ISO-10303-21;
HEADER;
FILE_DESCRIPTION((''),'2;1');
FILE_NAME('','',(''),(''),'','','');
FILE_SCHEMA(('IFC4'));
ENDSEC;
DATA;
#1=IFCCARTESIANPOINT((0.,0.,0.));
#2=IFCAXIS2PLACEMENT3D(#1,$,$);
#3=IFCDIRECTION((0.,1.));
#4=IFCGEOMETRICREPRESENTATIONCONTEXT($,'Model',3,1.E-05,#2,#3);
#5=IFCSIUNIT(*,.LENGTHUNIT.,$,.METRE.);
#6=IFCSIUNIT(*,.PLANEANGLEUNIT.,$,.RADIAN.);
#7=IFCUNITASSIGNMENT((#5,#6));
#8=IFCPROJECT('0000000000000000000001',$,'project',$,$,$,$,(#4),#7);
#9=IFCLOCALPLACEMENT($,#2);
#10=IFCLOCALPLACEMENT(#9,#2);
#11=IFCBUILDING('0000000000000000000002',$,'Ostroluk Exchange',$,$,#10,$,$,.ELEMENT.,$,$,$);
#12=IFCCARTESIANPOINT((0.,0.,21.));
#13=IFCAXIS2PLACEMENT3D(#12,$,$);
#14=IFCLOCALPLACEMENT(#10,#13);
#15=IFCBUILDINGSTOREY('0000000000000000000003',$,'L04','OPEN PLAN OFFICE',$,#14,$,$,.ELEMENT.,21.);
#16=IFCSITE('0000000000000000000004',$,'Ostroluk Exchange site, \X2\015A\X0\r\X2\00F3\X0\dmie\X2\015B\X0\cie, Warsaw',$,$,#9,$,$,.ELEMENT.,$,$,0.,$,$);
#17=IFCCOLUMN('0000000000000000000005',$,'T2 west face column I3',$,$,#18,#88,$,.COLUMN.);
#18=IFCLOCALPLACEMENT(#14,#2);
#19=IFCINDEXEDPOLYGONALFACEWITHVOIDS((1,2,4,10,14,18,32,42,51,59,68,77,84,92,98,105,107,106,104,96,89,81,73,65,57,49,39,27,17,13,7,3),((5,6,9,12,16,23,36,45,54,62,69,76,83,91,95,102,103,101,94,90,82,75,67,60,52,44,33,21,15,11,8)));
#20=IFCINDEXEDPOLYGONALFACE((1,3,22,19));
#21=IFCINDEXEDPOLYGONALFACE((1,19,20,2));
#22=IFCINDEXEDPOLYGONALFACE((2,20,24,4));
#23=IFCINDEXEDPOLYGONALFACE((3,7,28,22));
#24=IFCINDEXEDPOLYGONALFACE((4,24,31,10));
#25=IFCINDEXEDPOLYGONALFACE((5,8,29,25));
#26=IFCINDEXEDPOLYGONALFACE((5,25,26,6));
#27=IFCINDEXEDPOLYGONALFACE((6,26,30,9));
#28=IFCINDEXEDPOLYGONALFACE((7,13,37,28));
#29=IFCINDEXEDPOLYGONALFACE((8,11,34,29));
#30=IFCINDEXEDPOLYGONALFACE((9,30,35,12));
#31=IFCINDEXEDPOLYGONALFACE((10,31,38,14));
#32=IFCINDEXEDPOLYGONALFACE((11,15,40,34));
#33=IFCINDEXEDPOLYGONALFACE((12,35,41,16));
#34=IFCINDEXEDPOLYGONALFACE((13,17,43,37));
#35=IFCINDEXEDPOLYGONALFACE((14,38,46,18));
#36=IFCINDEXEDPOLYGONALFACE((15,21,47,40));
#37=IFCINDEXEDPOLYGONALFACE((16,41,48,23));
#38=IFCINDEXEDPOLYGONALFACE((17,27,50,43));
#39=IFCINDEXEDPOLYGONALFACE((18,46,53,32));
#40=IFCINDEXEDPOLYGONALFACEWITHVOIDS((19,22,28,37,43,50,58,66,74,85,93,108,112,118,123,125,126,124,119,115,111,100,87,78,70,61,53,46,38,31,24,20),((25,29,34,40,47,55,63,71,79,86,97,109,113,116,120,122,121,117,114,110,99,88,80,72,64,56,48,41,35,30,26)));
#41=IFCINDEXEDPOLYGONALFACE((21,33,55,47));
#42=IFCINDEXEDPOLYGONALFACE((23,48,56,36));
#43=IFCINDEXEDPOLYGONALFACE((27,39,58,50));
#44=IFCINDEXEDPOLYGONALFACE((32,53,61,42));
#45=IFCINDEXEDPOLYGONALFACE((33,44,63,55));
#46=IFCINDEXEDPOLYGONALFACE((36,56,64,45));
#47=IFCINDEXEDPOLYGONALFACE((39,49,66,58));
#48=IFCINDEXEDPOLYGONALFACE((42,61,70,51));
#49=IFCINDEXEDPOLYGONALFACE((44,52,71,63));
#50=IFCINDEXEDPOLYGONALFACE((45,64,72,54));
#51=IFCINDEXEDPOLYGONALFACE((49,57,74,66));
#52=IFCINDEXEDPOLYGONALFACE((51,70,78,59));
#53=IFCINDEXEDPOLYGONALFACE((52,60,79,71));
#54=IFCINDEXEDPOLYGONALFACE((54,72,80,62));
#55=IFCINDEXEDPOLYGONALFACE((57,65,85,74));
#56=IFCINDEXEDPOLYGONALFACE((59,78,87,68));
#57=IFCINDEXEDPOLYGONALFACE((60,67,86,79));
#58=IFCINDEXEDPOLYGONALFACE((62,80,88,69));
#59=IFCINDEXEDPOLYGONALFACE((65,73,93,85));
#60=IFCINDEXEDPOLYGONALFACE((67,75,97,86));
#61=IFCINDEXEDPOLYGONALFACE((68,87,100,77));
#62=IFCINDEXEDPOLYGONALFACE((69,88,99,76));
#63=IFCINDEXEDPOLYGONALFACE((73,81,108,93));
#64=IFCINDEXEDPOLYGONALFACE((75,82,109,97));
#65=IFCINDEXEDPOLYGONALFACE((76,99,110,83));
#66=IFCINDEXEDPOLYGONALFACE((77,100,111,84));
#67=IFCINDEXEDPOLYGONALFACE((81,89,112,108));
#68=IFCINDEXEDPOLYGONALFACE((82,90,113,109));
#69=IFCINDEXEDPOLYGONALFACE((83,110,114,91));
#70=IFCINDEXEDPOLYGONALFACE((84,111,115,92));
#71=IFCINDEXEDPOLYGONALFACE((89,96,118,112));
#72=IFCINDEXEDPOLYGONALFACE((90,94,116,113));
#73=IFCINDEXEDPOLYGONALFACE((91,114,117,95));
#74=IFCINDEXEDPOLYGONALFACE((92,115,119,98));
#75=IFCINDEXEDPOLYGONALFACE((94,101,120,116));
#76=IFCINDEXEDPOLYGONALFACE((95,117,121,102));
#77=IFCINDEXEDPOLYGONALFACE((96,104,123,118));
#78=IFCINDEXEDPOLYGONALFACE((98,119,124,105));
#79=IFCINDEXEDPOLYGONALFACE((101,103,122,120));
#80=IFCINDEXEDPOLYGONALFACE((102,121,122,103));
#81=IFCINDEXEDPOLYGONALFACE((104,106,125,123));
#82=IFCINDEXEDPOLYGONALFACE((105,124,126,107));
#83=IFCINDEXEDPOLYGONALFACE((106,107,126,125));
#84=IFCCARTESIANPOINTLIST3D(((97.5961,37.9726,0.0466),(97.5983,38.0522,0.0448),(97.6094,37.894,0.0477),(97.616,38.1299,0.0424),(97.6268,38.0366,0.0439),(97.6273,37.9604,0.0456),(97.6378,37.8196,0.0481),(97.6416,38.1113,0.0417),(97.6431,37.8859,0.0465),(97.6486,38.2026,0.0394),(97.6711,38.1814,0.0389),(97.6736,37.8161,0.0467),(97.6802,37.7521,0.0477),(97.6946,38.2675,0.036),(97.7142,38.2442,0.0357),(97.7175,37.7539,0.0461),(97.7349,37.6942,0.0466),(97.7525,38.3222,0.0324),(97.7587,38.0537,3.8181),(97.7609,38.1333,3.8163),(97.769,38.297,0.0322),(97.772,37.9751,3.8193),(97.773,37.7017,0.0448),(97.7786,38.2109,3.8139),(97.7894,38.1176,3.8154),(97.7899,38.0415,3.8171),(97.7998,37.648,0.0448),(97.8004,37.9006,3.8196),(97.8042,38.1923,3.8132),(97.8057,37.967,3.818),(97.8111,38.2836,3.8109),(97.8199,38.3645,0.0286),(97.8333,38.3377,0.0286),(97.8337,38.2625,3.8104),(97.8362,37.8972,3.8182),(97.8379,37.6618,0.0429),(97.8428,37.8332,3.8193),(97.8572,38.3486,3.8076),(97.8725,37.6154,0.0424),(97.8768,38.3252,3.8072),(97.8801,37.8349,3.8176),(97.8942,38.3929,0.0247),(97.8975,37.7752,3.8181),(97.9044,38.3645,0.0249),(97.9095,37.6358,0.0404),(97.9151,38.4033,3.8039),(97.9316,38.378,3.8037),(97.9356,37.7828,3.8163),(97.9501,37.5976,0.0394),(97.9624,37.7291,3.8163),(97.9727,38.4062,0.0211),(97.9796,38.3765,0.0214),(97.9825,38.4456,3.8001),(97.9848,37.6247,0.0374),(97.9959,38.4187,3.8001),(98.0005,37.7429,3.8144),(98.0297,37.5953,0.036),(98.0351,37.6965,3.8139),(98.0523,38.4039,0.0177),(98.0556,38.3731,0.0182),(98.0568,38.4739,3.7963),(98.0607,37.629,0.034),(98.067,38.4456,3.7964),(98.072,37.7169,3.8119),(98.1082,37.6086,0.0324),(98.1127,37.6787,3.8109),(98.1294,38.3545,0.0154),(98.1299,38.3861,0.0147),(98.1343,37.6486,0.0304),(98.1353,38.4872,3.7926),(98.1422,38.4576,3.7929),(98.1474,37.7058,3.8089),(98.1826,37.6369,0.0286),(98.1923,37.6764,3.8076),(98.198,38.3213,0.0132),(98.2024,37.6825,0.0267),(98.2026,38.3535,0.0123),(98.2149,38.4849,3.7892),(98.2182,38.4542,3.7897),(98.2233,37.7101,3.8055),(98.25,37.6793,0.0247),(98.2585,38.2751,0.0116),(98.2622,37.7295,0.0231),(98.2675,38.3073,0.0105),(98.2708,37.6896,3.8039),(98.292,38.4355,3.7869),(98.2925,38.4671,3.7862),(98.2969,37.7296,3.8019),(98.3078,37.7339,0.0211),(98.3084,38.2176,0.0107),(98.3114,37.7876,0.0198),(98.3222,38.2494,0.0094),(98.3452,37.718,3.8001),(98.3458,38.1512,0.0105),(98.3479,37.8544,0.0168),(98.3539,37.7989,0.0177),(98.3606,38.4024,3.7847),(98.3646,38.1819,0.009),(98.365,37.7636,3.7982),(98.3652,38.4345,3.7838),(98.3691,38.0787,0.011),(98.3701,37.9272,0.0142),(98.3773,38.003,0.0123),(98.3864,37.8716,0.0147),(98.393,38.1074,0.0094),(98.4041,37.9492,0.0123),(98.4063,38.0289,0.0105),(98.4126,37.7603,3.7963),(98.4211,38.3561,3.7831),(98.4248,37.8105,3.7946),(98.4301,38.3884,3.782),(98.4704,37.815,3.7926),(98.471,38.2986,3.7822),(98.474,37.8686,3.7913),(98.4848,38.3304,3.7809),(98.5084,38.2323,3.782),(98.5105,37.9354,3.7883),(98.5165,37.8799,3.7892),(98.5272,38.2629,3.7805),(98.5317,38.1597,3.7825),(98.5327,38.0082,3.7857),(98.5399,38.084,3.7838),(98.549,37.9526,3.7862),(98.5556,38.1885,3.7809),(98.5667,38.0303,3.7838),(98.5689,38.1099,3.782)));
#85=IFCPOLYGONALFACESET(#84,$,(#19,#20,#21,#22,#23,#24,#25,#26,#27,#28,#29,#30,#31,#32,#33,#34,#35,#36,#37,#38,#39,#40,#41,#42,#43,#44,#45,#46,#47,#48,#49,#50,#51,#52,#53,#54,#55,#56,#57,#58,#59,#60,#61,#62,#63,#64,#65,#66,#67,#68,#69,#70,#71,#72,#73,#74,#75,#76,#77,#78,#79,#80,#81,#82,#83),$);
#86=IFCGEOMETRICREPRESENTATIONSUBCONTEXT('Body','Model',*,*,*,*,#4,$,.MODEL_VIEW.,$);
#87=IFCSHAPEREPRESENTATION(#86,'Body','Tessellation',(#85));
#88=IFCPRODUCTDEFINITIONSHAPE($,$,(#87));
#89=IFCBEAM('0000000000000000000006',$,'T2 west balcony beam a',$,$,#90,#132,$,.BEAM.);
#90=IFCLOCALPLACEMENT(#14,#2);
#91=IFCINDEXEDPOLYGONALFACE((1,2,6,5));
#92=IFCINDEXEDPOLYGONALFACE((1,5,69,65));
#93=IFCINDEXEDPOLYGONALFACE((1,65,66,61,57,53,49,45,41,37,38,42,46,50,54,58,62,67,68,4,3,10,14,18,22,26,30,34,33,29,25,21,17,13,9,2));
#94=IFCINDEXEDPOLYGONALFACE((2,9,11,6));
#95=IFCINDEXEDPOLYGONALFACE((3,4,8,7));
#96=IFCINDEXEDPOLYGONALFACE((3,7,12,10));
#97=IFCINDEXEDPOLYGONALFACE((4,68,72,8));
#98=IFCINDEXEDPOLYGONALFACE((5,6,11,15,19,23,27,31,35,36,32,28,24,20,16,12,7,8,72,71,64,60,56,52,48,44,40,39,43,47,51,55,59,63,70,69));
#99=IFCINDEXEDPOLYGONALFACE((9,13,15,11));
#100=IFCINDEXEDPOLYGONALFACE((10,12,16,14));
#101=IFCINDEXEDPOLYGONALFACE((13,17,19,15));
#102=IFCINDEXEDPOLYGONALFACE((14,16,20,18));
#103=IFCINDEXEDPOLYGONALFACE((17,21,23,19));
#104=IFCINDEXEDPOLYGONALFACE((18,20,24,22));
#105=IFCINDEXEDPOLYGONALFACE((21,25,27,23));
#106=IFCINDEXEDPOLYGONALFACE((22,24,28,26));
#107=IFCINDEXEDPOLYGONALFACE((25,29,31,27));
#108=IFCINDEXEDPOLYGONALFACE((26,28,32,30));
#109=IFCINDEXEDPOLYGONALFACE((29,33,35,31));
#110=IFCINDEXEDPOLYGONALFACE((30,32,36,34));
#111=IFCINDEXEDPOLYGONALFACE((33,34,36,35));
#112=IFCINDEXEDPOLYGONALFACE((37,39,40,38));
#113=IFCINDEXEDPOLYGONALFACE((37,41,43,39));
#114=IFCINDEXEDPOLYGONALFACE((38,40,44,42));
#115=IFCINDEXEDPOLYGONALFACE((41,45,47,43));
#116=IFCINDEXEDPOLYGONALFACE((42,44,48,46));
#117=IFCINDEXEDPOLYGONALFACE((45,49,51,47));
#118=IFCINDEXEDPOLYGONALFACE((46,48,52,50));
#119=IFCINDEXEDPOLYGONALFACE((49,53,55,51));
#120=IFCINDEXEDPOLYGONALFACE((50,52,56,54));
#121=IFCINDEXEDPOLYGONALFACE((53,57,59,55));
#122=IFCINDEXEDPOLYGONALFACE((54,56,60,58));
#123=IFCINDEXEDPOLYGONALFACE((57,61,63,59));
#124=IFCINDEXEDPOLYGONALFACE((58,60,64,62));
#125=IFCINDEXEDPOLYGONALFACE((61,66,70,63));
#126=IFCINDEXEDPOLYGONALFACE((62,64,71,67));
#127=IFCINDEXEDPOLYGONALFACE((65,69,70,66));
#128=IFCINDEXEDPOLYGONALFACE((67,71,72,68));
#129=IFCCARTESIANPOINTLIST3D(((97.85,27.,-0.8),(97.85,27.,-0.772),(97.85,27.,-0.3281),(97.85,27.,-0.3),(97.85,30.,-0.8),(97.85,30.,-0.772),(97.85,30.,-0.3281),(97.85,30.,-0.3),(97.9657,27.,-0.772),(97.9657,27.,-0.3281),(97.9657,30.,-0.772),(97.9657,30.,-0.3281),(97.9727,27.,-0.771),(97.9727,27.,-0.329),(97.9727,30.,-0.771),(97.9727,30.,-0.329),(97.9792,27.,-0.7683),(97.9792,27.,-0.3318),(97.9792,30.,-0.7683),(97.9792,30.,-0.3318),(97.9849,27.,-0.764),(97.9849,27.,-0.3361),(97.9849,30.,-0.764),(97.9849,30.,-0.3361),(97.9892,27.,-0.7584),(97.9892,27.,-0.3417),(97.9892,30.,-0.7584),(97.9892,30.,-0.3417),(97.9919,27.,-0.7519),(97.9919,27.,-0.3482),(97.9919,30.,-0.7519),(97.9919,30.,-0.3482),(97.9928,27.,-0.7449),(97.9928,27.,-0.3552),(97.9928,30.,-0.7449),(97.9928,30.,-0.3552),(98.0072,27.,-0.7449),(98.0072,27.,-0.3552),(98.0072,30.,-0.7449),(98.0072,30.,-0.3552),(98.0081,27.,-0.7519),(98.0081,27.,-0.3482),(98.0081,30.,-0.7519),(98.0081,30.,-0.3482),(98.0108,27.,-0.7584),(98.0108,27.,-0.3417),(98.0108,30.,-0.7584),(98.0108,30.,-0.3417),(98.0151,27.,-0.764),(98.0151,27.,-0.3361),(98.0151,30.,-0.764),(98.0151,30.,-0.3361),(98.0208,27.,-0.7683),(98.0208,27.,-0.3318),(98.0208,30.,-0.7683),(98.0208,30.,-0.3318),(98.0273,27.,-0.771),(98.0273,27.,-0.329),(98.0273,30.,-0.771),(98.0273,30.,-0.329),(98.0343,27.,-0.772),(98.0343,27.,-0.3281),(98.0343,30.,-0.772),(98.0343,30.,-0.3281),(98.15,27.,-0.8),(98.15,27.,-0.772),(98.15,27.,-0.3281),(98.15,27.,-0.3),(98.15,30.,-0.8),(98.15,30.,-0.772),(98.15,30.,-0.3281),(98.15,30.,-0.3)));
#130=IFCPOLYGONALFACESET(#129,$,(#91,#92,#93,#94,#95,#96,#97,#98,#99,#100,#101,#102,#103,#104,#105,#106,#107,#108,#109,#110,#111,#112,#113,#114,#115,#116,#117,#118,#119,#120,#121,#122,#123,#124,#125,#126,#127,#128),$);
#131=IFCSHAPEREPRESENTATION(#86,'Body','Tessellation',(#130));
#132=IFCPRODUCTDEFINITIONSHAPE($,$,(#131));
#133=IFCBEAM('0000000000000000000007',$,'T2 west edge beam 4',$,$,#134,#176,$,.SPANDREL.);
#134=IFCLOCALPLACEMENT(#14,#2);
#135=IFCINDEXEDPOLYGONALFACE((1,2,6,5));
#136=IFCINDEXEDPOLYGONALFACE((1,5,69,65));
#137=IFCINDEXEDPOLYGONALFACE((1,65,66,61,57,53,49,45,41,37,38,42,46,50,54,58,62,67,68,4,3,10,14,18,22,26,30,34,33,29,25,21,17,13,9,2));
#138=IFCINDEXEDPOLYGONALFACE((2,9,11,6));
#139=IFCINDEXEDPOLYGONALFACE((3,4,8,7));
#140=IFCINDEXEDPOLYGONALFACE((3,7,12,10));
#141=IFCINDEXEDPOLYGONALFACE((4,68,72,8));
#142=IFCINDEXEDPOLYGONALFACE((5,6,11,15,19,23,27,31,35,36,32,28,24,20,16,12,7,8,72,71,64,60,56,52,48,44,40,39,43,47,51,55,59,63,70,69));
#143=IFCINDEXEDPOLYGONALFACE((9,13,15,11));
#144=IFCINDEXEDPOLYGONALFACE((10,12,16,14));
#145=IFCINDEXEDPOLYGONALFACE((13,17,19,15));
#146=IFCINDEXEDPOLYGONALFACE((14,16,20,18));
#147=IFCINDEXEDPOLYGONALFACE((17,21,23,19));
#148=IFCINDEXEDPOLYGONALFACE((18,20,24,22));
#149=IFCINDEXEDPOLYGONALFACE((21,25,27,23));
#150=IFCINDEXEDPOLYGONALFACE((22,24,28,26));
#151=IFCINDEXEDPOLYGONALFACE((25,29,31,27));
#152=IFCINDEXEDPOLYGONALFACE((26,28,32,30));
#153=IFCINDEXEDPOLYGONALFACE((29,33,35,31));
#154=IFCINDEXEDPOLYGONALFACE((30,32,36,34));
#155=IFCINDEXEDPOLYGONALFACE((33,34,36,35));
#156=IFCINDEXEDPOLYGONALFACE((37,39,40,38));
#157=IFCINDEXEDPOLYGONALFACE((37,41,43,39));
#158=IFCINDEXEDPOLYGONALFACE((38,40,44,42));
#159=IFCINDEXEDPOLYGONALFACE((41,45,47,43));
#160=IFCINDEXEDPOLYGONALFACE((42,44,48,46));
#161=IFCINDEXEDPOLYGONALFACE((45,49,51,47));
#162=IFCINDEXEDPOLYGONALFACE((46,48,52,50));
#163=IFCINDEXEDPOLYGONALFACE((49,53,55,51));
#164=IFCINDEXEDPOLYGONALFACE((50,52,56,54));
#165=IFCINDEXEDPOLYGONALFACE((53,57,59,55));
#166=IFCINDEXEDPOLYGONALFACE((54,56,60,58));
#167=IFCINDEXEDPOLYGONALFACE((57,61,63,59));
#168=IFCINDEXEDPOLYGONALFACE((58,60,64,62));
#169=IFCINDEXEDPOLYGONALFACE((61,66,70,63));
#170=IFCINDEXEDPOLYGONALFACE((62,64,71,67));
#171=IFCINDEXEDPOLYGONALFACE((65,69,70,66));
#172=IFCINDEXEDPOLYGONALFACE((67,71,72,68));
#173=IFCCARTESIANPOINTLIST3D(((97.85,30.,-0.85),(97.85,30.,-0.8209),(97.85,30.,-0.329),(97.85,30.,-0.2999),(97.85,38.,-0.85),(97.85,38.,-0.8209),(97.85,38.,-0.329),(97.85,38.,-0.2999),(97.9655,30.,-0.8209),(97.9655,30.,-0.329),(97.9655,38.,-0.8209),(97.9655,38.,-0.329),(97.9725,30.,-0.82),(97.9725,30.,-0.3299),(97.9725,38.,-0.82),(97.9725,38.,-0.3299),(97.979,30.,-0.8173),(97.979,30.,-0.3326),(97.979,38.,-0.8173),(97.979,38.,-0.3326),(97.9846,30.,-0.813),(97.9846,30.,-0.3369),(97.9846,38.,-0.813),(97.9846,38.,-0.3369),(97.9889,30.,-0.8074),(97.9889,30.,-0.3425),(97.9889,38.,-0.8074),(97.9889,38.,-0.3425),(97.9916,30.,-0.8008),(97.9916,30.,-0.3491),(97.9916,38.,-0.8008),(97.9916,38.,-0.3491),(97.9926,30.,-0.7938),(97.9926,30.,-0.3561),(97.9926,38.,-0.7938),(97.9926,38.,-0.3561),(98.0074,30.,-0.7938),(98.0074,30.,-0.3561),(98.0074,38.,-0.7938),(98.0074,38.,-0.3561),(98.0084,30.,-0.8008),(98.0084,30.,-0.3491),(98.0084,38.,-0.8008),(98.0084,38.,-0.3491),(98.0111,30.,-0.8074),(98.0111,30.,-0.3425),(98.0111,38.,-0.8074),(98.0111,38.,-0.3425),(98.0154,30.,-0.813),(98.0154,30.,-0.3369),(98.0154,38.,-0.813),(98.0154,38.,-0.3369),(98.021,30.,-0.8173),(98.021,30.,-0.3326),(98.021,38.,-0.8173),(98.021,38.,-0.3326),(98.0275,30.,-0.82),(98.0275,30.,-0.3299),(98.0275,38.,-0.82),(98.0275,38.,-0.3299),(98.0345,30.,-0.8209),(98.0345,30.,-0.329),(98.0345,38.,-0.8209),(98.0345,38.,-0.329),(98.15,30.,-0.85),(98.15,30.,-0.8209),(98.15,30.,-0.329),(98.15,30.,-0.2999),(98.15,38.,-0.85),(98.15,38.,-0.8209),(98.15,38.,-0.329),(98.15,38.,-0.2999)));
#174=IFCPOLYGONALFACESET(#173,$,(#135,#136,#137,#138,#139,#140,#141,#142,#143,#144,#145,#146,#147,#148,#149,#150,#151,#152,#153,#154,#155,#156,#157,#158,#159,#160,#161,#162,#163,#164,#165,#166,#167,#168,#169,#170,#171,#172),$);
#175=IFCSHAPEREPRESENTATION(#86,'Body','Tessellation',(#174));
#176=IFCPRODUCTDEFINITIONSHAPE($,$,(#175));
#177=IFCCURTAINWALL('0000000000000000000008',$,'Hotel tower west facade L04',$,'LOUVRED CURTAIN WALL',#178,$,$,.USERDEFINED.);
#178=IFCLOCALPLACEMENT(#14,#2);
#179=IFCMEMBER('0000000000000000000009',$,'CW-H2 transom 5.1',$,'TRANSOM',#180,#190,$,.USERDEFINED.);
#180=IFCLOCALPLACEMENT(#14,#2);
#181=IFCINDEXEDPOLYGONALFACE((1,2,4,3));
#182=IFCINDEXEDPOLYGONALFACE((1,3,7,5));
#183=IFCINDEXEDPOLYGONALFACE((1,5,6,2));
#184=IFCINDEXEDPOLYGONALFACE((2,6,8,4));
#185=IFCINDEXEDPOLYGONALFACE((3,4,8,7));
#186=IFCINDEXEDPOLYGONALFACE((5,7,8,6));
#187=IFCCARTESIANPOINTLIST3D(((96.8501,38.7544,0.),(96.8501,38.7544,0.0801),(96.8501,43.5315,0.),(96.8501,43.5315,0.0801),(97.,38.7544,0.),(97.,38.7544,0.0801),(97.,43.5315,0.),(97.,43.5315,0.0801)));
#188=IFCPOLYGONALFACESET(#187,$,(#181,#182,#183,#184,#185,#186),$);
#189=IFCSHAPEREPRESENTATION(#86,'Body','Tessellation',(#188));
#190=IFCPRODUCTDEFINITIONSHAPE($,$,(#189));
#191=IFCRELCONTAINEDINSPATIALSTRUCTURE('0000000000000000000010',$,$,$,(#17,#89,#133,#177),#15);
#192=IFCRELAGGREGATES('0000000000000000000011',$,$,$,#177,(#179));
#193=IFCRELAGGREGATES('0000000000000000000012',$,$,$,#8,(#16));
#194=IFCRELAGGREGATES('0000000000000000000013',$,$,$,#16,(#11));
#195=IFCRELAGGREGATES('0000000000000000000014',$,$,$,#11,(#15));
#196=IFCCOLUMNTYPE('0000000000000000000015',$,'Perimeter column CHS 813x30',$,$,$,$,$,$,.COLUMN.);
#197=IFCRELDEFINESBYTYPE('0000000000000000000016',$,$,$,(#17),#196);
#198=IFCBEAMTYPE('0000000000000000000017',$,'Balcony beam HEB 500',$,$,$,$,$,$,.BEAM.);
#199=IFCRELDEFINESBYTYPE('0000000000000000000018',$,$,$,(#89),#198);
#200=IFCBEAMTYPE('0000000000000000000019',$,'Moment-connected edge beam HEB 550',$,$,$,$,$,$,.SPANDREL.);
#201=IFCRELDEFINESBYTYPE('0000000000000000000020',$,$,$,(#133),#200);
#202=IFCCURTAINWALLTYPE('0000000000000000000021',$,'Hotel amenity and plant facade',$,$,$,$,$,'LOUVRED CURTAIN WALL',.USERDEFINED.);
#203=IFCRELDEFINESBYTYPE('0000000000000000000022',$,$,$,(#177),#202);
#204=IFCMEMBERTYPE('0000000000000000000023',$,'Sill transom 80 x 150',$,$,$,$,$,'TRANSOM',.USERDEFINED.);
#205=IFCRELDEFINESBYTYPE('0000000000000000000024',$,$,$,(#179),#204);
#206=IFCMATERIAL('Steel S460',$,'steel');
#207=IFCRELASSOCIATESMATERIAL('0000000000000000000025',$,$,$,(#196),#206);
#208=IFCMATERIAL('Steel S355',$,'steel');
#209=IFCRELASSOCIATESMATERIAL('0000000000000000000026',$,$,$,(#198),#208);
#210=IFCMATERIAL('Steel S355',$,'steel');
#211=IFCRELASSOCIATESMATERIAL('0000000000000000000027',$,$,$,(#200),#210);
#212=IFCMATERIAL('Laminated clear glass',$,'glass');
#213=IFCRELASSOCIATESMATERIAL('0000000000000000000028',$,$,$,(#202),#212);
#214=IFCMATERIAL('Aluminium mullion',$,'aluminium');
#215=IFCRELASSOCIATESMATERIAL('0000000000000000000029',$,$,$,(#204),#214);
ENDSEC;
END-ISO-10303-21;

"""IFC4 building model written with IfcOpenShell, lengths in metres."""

from ifc_helpers import new_model, si_unit, direction, frame, origin, origin_2d, place, context, subcontext, project, spatial, rectangle, hollow_circle, i_section, extrude, material, material_profile, profile_set, type_object, element, aggregate, save


model = new_model("IFC4")

# Units and contexts
model_context = context("Model", 3, precision=1e-05, world=origin(), true_north=direction((0.0, 1.0)))
body_context = subcontext(model_context, "Body", "Model", "MODEL_VIEW")
ifc_project = project(units=[si_unit("LENGTHUNIT", "METRE"), si_unit("PLANEANGLEUNIT", "RADIAN")], contexts=[model_context])

# Site, building, storey
site_placement = place(None, origin())
site = spatial("IfcSite", under=ifc_project, at=site_placement, Name="Ostroluk Exchange site, Śródmieście, Warsaw", CompositionType="ELEMENT", RefElevation=0.0)
building_placement = place(site_placement, origin())
building = spatial("IfcBuilding", under=site, at=building_placement, Name="Ostroluk Exchange", CompositionType="ELEMENT")
storey_placement = place(building_placement, frame((0.0, 0.0, 21.0)))
storey = spatial("IfcBuildingStorey", under=building, at=storey_placement, Name="L04", Description="OPEN PLAN OFFICE", CompositionType="ELEMENT", Elevation=21.0)

# Column
ifc_material_1 = material(Name="Steel S460", Category="steel")
ifc_material_profile_1 = material_profile(ifc_material_1, hollow_circle(Radius=0.4065, WallThickness=0.03, at=origin_2d()), Name="CHS 813x30")
ifc_profile_set_1 = profile_set([ifc_material_profile_1], Name="Steel S460")
column_type = type_object("IfcColumnType", Name="Perimeter column CHS 813x30", PredefinedType="COLUMN", material=ifc_profile_set_1)
column_placement = place(storey_placement, frame((98.0012, 38.0007, 0.0286), z_axis=(0.043062, 0.021467, 0.998842), x_axis=(-0.446138, 0.894964, 0.0)))
element("IfcColumn", 1, at=column_placement, inside=storey, type_object=column_type, Name="T2 west face column I3", PredefinedType="COLUMN", context=body_context, shape_type="SweptSolid", body=[
    extrude(hollow_circle(Radius=0.4065, WallThickness=0.03, at=origin_2d()), origin(), (0.0, 0.0, 1.0), 3.7759),
])

# Beams
ifc_material_2 = material(Name="Steel S355", Category="steel")
ifc_material_profile_2 = material_profile(ifc_material_2, i_section(OverallWidth=0.3, OverallDepth=0.5, WebThickness=0.0144, FlangeThickness=0.0281, FilletRadius=0.0271, at=origin_2d()), Name="HEB 500")
ifc_profile_set_2 = profile_set([ifc_material_profile_2], Name="Steel S355")
beam_type_1 = type_object("IfcBeamType", Name="Balcony beam HEB 500", PredefinedType="BEAM", material=ifc_profile_set_2)
beam_1_placement = place(storey_placement, frame((98.0, 30.0, -0.55), z_axis=(0.0, -1.0, 0.0), x_axis=(1.0, 0.0, 0.0)))
element("IfcBeam", 2, at=beam_1_placement, inside=storey, type_object=beam_type_1, Name="T2 west balcony beam a", PredefinedType="BEAM", context=body_context, shape_type="SweptSolid", body=[
    extrude(i_section(OverallWidth=0.3, OverallDepth=0.5, WebThickness=0.0144, FlangeThickness=0.0281, FilletRadius=0.0271, at=origin_2d()), origin(), (0.0, 0.0, 1.0), 3.0),
])
ifc_material_3 = material(Name="Steel S355", Category="steel")
ifc_material_profile_3 = material_profile(ifc_material_3, i_section(OverallWidth=0.3, OverallDepth=0.55, WebThickness=0.0149, FlangeThickness=0.0291, FilletRadius=0.0271, at=origin_2d()), Name="HEB 550")
ifc_profile_set_3 = profile_set([ifc_material_profile_3], Name="Steel S355")
beam_type_2 = type_object("IfcBeamType", Name="Moment-connected edge beam HEB 550", PredefinedType="SPANDREL", material=ifc_profile_set_3)
beam_2_placement = place(storey_placement, frame((98.0, 38.0, -0.575), z_axis=(0.0, -1.0, 0.0), x_axis=(1.0, 0.0, 0.0)))
element("IfcBeam", 3, at=beam_2_placement, inside=storey, type_object=beam_type_2, Name="T2 west edge beam 4", PredefinedType="SPANDREL", context=body_context, shape_type="SweptSolid", body=[
    extrude(i_section(OverallWidth=0.3, OverallDepth=0.55, WebThickness=0.0149, FlangeThickness=0.0291, FilletRadius=0.0271, at=origin_2d()), origin(), (0.0, 0.0, 1.0), 8.0),
])

# Curtain wall, member
ifc_material_4 = material(Name="Laminated clear glass", Category="glass")
curtain_wall_type = type_object("IfcCurtainWallType", Name="Hotel amenity and plant facade", ElementType="LOUVRED CURTAIN WALL", PredefinedType="USERDEFINED", material=ifc_material_4)
curtain_wall_placement = place(storey_placement, origin())
curtain_wall = element("IfcCurtainWall", 4, at=curtain_wall_placement, inside=storey, type_object=curtain_wall_type, Name="Hotel tower west facade L04", ObjectType="LOUVRED CURTAIN WALL", PredefinedType="USERDEFINED")
ifc_material_5 = material(Name="Aluminium mullion", Category="aluminium")
ifc_material_profile_4 = material_profile(ifc_material_5, rectangle(XDim=0.1499, YDim=0.0801, at=origin_2d()), Name="Sill transom 80 x 150")
ifc_profile_set_4 = profile_set([ifc_material_profile_4], Name="Aluminium mullion")
member_type_1 = type_object("IfcMemberType", Name="Sill transom 80 x 150", ElementType="TRANSOM", PredefinedType="USERDEFINED", material=ifc_profile_set_4)
member_1_placement = place(storey_placement, frame((96.925, 43.5315, 0.04), z_axis=(0.0, -1.0, 0.0), x_axis=(1.0, 0.0, 0.0)))
member_1 = element("IfcMember", 5, at=member_1_placement, type_object=member_type_1, Name="CW-H2 transom 5.1", ObjectType="TRANSOM", PredefinedType="USERDEFINED", context=body_context, shape_type="SweptSolid", body=[
    extrude(rectangle(XDim=0.1499, YDim=0.0801, at=origin_2d()), origin(), (0.0, 0.0, 1.0), 4.7771),
])
aggregate(curtain_wall, [member_1])

save(model, "model.ifc")
